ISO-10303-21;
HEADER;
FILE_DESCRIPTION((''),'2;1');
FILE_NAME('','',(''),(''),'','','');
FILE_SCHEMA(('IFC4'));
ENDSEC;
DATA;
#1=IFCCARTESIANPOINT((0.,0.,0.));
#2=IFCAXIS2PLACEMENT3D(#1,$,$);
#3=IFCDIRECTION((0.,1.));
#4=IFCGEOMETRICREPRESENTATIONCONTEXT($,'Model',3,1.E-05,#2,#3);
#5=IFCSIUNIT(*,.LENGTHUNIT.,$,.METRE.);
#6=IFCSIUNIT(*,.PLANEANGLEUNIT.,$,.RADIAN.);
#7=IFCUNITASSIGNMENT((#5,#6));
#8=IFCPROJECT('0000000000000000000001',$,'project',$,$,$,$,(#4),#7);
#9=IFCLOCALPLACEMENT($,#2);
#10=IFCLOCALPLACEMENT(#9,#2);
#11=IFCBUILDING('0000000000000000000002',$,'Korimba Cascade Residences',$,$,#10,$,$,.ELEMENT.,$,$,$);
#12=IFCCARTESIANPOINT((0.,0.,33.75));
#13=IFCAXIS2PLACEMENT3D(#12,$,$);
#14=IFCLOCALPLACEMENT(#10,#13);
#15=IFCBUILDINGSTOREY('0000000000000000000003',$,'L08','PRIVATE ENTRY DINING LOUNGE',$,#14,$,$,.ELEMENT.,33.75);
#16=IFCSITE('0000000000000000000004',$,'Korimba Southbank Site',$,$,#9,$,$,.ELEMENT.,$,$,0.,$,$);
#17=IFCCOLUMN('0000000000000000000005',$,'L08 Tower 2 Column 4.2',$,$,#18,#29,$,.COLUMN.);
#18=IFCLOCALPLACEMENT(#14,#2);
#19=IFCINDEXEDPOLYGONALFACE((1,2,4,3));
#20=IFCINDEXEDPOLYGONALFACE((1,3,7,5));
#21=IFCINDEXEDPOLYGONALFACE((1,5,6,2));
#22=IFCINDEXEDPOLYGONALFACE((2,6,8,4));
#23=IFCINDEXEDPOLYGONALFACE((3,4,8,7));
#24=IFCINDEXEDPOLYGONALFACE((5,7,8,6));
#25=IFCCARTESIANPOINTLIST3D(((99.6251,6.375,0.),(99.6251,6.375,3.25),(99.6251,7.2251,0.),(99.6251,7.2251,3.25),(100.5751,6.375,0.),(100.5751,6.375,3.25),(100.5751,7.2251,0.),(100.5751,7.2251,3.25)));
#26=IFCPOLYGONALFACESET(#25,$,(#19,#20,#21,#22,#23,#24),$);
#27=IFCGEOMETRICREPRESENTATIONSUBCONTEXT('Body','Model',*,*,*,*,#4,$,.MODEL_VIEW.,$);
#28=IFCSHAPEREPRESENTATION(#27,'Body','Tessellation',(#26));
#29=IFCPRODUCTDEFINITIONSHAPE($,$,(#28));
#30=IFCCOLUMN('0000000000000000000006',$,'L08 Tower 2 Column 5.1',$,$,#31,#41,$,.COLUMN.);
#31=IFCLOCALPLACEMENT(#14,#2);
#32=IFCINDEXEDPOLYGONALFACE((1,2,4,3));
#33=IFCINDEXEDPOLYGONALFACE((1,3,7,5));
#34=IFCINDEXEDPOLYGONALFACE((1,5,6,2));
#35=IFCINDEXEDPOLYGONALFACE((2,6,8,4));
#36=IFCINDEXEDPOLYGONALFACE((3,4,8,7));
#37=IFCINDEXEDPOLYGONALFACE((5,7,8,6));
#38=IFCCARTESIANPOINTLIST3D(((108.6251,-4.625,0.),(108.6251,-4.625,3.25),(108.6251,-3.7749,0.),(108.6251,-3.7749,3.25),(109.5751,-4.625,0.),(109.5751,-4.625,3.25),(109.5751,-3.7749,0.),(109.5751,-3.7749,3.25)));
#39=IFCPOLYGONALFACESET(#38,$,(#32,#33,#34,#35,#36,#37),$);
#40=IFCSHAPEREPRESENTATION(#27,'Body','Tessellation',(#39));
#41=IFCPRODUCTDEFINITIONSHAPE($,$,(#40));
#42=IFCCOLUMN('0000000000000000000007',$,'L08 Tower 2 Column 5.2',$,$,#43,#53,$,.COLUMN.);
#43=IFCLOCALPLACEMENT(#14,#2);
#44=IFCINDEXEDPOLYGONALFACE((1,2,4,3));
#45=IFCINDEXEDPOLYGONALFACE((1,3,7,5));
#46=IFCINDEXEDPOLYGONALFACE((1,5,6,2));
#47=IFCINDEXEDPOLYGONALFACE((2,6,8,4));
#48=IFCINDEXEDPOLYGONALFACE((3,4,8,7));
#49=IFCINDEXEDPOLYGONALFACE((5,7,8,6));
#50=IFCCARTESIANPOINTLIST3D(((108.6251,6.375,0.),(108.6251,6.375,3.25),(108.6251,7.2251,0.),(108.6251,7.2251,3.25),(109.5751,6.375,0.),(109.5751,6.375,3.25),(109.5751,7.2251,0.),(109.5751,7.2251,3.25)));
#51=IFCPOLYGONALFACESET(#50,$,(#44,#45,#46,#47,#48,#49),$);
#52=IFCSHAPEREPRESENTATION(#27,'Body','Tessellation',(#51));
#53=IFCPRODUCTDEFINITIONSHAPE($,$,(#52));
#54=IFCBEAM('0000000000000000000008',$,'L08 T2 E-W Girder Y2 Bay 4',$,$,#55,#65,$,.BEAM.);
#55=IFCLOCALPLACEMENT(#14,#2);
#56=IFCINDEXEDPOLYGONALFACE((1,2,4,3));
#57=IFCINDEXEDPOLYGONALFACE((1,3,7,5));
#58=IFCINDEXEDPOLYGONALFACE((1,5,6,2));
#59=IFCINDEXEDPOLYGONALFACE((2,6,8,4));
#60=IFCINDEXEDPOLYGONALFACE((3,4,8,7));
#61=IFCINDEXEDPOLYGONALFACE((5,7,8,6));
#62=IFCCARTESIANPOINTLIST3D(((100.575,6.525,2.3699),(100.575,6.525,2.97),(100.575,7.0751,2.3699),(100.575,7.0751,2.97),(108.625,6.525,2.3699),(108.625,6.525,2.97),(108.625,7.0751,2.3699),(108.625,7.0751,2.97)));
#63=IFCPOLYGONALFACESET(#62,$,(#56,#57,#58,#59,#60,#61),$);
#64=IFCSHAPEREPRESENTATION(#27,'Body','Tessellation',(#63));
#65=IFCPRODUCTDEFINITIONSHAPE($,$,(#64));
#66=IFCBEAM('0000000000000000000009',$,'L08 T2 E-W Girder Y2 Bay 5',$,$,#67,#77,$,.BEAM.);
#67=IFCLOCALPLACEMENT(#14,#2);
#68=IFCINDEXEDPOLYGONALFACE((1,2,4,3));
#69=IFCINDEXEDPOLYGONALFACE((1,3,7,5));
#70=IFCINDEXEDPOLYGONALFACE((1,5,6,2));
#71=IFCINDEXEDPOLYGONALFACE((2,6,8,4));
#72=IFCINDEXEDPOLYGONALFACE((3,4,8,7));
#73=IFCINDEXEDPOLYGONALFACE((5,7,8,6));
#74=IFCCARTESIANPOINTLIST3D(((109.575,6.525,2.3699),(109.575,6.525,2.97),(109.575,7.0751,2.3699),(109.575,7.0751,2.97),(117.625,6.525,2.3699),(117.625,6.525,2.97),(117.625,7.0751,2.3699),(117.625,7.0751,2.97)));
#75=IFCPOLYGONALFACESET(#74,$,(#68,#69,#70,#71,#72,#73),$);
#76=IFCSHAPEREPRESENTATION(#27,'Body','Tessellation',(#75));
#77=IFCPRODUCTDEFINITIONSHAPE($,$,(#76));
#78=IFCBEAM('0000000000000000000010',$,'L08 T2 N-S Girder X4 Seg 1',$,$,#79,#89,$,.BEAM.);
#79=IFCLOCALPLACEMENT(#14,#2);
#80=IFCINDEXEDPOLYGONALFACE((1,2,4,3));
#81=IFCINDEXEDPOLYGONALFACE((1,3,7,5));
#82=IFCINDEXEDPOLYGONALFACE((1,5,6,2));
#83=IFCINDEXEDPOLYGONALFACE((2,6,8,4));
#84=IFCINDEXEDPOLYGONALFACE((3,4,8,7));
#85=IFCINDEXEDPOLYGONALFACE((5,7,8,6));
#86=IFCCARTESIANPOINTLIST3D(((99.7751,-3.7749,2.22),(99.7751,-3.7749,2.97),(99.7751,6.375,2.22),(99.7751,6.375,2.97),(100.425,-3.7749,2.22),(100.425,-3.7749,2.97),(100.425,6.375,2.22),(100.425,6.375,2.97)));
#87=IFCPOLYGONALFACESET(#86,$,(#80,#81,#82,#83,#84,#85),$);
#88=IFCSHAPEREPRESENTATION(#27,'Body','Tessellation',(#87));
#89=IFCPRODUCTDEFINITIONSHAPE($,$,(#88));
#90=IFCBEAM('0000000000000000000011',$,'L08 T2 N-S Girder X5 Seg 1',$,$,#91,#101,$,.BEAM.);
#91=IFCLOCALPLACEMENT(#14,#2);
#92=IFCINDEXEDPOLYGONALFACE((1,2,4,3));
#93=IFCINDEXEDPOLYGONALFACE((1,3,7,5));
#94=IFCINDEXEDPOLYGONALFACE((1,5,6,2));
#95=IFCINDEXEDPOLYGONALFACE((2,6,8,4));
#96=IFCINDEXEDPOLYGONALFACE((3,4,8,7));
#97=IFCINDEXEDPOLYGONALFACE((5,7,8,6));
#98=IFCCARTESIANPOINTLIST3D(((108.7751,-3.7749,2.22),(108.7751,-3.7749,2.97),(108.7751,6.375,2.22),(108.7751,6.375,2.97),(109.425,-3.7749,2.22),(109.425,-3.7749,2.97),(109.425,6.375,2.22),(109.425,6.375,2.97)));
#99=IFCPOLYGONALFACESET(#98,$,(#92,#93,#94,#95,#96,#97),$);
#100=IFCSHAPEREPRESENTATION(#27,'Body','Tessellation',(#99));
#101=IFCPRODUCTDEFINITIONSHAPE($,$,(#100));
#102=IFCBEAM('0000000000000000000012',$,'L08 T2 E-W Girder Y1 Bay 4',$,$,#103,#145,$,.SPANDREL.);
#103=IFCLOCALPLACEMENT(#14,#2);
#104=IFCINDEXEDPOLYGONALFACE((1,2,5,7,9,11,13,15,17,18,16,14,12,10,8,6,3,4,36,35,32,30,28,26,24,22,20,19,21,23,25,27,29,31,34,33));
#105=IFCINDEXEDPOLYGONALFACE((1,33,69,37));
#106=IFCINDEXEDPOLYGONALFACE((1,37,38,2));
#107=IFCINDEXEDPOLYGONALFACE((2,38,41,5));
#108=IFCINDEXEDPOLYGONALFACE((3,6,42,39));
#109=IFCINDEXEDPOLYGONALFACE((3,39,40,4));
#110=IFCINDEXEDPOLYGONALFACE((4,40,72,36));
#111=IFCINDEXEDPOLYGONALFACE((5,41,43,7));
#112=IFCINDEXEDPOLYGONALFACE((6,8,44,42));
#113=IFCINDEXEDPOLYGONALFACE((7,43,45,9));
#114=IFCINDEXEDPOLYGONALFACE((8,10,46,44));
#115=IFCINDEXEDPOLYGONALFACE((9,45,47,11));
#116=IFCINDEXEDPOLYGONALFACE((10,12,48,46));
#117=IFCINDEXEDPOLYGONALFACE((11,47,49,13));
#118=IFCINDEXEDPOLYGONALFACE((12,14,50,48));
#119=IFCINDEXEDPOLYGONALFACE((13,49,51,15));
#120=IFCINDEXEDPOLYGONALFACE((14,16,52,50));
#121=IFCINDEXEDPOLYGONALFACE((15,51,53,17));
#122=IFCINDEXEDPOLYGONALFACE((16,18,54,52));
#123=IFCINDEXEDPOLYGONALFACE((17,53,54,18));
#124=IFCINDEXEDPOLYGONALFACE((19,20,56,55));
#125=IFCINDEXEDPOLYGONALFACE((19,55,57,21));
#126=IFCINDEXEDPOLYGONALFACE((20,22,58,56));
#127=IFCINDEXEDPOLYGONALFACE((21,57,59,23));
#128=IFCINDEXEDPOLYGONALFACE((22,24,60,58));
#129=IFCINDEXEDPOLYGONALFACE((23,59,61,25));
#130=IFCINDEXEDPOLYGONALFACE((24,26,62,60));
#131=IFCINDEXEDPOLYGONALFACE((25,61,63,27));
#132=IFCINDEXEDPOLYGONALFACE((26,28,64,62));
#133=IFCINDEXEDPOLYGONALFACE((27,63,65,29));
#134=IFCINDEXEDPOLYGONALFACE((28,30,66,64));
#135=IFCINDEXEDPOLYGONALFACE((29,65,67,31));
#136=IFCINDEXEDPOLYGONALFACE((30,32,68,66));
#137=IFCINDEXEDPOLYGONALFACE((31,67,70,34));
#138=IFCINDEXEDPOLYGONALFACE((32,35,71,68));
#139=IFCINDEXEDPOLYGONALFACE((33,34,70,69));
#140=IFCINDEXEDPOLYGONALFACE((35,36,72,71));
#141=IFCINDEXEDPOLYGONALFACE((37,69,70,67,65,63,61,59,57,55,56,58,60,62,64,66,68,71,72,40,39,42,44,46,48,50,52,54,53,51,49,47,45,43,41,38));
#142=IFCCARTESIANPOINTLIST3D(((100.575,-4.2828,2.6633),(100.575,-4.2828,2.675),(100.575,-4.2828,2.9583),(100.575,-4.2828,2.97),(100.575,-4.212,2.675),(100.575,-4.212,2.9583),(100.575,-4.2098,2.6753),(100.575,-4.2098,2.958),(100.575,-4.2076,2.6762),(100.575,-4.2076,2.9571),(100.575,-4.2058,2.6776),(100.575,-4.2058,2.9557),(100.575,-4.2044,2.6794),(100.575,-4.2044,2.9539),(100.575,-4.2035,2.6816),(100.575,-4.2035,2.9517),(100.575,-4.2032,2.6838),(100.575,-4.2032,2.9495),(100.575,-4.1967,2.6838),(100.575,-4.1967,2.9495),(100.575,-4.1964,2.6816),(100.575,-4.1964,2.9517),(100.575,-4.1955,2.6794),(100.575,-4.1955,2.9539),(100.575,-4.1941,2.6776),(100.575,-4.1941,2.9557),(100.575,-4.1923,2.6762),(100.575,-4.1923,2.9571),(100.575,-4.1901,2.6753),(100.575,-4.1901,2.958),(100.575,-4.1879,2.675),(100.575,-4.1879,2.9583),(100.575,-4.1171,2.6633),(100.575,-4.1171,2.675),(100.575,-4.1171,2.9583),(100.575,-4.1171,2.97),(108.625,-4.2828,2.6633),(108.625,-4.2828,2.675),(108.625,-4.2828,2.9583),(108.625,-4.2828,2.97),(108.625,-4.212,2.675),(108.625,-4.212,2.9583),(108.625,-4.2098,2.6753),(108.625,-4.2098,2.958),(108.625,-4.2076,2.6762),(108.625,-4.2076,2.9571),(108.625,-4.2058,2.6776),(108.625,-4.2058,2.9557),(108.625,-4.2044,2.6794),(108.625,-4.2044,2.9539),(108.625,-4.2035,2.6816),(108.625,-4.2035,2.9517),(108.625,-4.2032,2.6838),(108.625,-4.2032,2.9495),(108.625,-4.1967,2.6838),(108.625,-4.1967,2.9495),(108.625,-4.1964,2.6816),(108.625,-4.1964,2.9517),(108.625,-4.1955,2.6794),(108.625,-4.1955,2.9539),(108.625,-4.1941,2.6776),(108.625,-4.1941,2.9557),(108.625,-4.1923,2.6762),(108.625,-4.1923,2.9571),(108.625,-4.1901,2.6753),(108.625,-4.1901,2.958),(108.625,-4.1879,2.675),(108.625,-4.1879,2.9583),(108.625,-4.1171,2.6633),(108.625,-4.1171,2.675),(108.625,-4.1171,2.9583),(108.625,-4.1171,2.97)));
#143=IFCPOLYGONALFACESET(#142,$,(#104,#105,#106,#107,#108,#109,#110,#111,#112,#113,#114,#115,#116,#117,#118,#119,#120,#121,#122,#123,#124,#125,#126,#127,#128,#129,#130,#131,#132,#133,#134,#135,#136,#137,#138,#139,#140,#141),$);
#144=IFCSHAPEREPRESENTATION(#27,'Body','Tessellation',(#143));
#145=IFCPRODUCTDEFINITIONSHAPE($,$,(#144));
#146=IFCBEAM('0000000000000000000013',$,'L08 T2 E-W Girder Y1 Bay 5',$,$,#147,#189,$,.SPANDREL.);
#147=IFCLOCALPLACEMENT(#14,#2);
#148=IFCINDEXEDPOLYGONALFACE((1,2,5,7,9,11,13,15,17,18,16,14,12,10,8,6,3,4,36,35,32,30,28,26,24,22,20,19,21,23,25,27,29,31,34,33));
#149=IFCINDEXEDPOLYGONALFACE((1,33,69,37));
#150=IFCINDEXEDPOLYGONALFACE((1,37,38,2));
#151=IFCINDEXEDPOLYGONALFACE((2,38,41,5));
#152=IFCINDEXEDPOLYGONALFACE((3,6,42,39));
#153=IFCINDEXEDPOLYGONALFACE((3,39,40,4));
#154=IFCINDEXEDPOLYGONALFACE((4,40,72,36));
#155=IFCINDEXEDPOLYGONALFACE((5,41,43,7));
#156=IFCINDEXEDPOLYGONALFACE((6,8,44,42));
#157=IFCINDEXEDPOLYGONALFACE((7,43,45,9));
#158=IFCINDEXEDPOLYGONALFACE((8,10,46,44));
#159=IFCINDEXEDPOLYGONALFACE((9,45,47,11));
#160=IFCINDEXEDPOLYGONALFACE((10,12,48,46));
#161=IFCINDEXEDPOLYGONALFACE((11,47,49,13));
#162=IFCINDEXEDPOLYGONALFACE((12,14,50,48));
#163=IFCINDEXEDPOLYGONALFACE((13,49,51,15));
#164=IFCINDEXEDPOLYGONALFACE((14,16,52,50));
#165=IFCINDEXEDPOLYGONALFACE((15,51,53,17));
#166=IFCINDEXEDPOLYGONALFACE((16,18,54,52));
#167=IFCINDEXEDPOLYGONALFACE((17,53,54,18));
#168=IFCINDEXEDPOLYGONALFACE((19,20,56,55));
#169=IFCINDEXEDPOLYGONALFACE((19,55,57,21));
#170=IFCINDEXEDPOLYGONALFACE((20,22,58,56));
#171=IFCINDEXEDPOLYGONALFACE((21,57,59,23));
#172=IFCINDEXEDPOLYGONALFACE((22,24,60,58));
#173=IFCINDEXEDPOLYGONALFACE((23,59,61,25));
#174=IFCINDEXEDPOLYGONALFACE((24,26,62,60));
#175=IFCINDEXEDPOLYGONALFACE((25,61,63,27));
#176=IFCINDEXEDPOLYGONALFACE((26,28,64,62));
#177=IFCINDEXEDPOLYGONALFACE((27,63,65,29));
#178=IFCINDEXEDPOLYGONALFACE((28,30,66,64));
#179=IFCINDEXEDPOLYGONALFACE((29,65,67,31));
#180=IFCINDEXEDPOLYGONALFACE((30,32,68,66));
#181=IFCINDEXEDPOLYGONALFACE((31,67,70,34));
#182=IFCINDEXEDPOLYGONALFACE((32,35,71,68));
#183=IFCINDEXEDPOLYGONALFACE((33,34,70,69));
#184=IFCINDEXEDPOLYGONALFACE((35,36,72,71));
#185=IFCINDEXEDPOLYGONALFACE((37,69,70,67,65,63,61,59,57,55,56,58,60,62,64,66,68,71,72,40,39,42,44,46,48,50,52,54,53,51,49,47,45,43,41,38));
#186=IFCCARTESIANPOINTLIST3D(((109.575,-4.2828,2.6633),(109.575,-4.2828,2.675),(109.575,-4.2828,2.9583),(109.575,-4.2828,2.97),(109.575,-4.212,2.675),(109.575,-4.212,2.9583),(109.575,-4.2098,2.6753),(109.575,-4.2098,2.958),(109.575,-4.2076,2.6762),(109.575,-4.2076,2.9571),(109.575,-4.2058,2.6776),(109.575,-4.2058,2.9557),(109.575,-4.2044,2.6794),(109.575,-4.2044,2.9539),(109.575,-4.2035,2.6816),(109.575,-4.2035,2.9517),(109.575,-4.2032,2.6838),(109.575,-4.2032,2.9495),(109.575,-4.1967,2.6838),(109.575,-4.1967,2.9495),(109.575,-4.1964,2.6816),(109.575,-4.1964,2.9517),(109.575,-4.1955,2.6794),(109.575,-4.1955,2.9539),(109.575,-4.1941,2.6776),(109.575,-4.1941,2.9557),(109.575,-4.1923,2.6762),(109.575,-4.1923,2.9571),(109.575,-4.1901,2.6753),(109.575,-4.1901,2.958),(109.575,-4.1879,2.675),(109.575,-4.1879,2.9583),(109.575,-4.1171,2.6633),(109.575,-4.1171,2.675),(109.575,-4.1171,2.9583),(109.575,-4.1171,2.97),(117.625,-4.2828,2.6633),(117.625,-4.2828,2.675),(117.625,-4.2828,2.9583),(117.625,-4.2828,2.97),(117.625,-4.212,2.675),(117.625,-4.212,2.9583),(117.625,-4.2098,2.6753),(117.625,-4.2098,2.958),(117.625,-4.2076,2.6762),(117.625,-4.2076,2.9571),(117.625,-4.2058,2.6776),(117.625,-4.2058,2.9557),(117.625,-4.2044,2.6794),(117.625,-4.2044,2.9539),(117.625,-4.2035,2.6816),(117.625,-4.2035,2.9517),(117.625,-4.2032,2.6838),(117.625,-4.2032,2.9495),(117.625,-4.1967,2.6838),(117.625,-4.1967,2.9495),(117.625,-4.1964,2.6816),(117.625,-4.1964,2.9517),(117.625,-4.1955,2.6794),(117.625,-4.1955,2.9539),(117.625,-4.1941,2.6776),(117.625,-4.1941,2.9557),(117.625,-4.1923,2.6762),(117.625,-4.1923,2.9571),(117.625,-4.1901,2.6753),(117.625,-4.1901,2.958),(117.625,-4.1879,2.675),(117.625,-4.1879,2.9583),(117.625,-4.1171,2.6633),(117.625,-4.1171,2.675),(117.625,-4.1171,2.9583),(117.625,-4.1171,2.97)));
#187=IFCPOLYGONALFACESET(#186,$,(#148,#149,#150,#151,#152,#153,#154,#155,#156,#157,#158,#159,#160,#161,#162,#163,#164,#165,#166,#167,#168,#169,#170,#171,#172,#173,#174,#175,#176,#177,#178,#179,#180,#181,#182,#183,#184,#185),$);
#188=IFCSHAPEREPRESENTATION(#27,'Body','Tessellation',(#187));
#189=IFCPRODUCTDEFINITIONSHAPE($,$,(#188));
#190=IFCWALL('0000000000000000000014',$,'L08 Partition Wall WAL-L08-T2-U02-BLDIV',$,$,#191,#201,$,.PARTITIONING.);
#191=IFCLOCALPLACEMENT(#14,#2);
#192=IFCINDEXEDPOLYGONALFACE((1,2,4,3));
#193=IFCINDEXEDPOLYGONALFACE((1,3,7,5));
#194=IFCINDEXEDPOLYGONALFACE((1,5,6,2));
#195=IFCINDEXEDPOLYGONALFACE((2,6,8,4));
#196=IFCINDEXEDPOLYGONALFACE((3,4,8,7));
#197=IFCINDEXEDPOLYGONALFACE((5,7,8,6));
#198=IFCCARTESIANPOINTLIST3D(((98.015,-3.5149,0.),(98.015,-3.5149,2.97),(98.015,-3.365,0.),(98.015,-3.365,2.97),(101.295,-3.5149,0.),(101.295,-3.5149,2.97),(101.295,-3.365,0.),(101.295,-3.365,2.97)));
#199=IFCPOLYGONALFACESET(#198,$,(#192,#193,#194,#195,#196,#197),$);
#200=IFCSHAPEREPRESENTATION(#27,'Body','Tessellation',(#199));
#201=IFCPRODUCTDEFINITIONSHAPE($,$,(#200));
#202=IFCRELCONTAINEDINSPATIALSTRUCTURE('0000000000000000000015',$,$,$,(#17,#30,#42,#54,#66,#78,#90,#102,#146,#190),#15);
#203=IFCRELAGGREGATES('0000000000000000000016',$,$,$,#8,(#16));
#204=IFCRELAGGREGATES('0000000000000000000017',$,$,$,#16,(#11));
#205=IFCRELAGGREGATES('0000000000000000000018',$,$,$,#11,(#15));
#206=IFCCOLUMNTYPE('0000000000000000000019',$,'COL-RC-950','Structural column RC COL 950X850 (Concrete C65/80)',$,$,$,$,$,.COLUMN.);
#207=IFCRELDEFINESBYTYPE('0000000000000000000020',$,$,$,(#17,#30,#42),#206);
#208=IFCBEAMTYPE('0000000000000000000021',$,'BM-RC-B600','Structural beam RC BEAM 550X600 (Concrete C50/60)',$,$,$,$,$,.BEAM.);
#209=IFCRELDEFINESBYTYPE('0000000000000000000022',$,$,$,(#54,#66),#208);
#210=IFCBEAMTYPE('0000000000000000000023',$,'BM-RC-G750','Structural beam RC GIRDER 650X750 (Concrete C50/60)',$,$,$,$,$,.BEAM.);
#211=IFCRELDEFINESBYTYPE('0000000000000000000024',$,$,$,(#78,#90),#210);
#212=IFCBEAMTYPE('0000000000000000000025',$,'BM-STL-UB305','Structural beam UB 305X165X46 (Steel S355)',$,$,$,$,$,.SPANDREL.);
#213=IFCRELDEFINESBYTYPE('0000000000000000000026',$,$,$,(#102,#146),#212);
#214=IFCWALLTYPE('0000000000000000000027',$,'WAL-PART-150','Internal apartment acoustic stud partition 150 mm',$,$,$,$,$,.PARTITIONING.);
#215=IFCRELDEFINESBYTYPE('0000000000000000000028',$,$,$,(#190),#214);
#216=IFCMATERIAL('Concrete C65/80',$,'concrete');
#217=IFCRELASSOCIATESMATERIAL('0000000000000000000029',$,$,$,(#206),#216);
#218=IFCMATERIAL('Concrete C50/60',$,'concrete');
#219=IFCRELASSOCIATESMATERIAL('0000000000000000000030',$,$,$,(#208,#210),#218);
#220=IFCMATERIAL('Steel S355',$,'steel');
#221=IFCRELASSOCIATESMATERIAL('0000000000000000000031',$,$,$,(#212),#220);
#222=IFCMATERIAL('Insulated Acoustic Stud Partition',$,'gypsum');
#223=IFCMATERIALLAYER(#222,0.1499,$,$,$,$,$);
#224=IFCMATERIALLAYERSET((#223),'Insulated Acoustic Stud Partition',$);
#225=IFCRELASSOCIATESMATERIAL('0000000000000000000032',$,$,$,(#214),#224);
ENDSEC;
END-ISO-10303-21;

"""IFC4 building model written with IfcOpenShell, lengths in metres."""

from ifc_helpers import new_model, si_unit, direction, frame, frame_2d, origin, origin_2d, place, context, subcontext, project, spatial, rectangle, i_section, extrude, material, layer, layer_set, material_profile, profile_set, type_object, element, save


model = new_model("IFC4")

# Units and contexts
model_context = context("Model", 3, precision=1e-05, world=origin(), true_north=direction((0.0, 1.0)))
body_context = subcontext(model_context, "Body", "Model", "MODEL_VIEW")
ifc_project = project(units=[si_unit("LENGTHUNIT", "METRE"), si_unit("PLANEANGLEUNIT", "RADIAN")], contexts=[model_context])

# Site, building, storey
site_placement = place(None, origin())
site = spatial("IfcSite", under=ifc_project, at=site_placement, Name="Korimba Southbank Site", CompositionType="ELEMENT", RefElevation=0.0)
building_placement = place(site_placement, origin())
building = spatial("IfcBuilding", under=site, at=building_placement, Name="Korimba Cascade Residences", CompositionType="ELEMENT")
storey_placement = place(building_placement, frame((0.0, 0.0, 33.75)))
storey = spatial("IfcBuildingStorey", under=building, at=storey_placement, Name="L08", Description="PRIVATE ENTRY DINING LOUNGE", CompositionType="ELEMENT", Elevation=33.75)

# Columns
ifc_material_1 = material(Name="Concrete C65/80", Category="concrete")
ifc_material_profile_1 = material_profile(ifc_material_1, rectangle(XDim=0.95, YDim=0.8501, at=origin_2d()), Name="Concrete C65/80")
ifc_profile_set_1 = profile_set([ifc_material_profile_1], Name="Concrete C65/80")
column_type = type_object("IfcColumnType", Name="COL-RC-950", Description="Structural column RC COL 950X850 (Concrete C65/80)", PredefinedType="COLUMN", material=ifc_profile_set_1)
for number, where, z_axis, x_axis, name in (
    (1, (100.1001, 6.8, 0.0), (0.0, 0.0, 1.0), (1.0, 0.0, 0.0), "L08 Tower 2 Column 4.2"),
    (2, (109.1001, -4.2, 0.0), (0.0, 0.0, 1.0), (1.0, 0.0, 0.0), "L08 Tower 2 Column 5.1"),
    (3, (109.1001, 6.8, 0.0), (0.0, 0.0, 1.0), (1.0, 0.0, 0.0), "L08 Tower 2 Column 5.2"),
):
    element("IfcColumn", number, at=place(storey_placement, frame(where, z_axis=z_axis, x_axis=x_axis)), inside=storey, type_object=column_type, Name=name, PredefinedType="COLUMN", context=body_context, shape_type="SweptSolid", body=[
        extrude(rectangle(XDim=0.95, YDim=0.8501, at=origin_2d()), origin(), (0.0, 0.0, 1.0), 3.25),
    ])

# Beams
ifc_material_2 = material(Name="Concrete C50/60", Category="concrete")
ifc_material_profile_2 = material_profile(ifc_material_2, rectangle(XDim=0.55, YDim=0.6001, at=origin_2d()), Name="Concrete C50/60")
ifc_profile_set_2 = profile_set([ifc_material_profile_2], Name="Concrete C50/60")
beam_type_1 = type_object("IfcBeamType", Name="BM-RC-B600", Description="Structural beam RC BEAM 550X600 (Concrete C50/60)", PredefinedType="BEAM", material=ifc_profile_set_2)
for number, where, z_axis, x_axis, name in (
    (4, (100.575, 6.8, 2.6699), (1.0, 0.0, 0.0), (0.0, 1.0, 0.0), "L08 T2 E-W Girder Y2 Bay 4"),
    (5, (109.575, 6.8, 2.6699), (1.0, 0.0, 0.0), (0.0, 1.0, 0.0), "L08 T2 E-W Girder Y2 Bay 5"),
):
    element("IfcBeam", number, at=place(storey_placement, frame(where, z_axis=z_axis, x_axis=x_axis)), inside=storey, type_object=beam_type_1, Name=name, PredefinedType="BEAM", context=body_context, shape_type="SweptSolid", body=[
        extrude(rectangle(XDim=0.55, YDim=0.6001, at=origin_2d()), origin(), (0.0, 0.0, 1.0), 8.05),
    ])
ifc_material_profile_3 = material_profile(ifc_material_2, rectangle(XDim=0.6499, YDim=0.75, at=origin_2d()), Name="Concrete C50/60")
ifc_profile_set_3 = profile_set([ifc_material_profile_3], Name="Concrete C50/60")
beam_type_2 = type_object("IfcBeamType", Name="BM-RC-G750", Description="Structural beam RC GIRDER 650X750 (Concrete C50/60)", PredefinedType="BEAM", material=ifc_profile_set_3)
for number, where, z_axis, x_axis, name in (
    (6, (100.1001, -3.7749, 2.595), (0.0, 1.0, 0.0), (-1.0, 0.0, 0.0), "L08 T2 N-S Girder X4 Seg 1"),
    (7, (109.1001, -3.7749, 2.595), (0.0, 1.0, 0.0), (-1.0, 0.0, 0.0), "L08 T2 N-S Girder X5 Seg 1"),
):
    element("IfcBeam", number, at=place(storey_placement, frame(where, z_axis=z_axis, x_axis=x_axis)), inside=storey, type_object=beam_type_2, Name=name, PredefinedType="BEAM", context=body_context, shape_type="SweptSolid", body=[
        extrude(rectangle(XDim=0.6499, YDim=0.75, at=origin_2d()), origin(), (0.0, 0.0, 1.0), 10.1499),
    ])
ifc_material_3 = material(Name="Steel S355", Category="steel")
ifc_material_profile_4 = material_profile(ifc_material_3, i_section(OverallWidth=0.1658, OverallDepth=0.3066, WebThickness=0.0066, FlangeThickness=0.0117, FilletRadius=0.0088, at=origin_2d()), Name="Steel S355")
ifc_profile_set_4 = profile_set([ifc_material_profile_4], Name="Steel S355")
beam_type_3 = type_object("IfcBeamType", Name="BM-STL-UB305", Description="Structural beam UB 305X165X46 (Steel S355)", PredefinedType="SPANDREL", material=ifc_profile_set_4)
for number, where, z_axis, x_axis, name in (
    (8, (100.575, -4.2, 2.8167), (1.0, 0.0, 0.0), (0.0, 1.0, 0.0), "L08 T2 E-W Girder Y1 Bay 4"),
    (9, (109.575, -4.2, 2.8167), (1.0, 0.0, 0.0), (0.0, 1.0, 0.0), "L08 T2 E-W Girder Y1 Bay 5"),
):
    element("IfcBeam", number, at=place(storey_placement, frame(where, z_axis=z_axis, x_axis=x_axis)), inside=storey, type_object=beam_type_3, Name=name, PredefinedType="SPANDREL", context=body_context, shape_type="SweptSolid", body=[
        extrude(i_section(OverallWidth=0.1658, OverallDepth=0.3066, WebThickness=0.0066, FlangeThickness=0.0117, FilletRadius=0.0088, at=origin_2d()), origin(), (0.0, 0.0, 1.0), 8.05),
    ])

# Wall
ifc_material_4 = material(Name="Insulated Acoustic Stud Partition", Category="gypsum")
ifc_layer = layer(ifc_material_4, 0.1499)
ifc_layer_set = layer_set([ifc_layer], Name="Insulated Acoustic Stud Partition")
wall_type = type_object("IfcWallType", Name="WAL-PART-150", Description="Internal apartment acoustic stud partition 150 mm", PredefinedType="PARTITIONING", material=ifc_layer_set)
wall_1_placement = place(storey_placement, frame((98.0149, -3.4399, 0.0), z_axis=(0.0, 0.0, 1.0), x_axis=(1.0, 0.0, 0.0)))
element("IfcWall", 10, at=wall_1_placement, inside=storey, type_object=wall_type, Name="L08 Partition Wall WAL-L08-T2-U02-BLDIV", PredefinedType="PARTITIONING", context=body_context, shape_type="SweptSolid", body=[
    extrude(rectangle(XDim=3.28, YDim=0.1499, at=frame_2d((1.6401, 0.0))), origin(), (0.0, 0.0, 1.0), 2.97),
])

save(model, "model.ifc")
